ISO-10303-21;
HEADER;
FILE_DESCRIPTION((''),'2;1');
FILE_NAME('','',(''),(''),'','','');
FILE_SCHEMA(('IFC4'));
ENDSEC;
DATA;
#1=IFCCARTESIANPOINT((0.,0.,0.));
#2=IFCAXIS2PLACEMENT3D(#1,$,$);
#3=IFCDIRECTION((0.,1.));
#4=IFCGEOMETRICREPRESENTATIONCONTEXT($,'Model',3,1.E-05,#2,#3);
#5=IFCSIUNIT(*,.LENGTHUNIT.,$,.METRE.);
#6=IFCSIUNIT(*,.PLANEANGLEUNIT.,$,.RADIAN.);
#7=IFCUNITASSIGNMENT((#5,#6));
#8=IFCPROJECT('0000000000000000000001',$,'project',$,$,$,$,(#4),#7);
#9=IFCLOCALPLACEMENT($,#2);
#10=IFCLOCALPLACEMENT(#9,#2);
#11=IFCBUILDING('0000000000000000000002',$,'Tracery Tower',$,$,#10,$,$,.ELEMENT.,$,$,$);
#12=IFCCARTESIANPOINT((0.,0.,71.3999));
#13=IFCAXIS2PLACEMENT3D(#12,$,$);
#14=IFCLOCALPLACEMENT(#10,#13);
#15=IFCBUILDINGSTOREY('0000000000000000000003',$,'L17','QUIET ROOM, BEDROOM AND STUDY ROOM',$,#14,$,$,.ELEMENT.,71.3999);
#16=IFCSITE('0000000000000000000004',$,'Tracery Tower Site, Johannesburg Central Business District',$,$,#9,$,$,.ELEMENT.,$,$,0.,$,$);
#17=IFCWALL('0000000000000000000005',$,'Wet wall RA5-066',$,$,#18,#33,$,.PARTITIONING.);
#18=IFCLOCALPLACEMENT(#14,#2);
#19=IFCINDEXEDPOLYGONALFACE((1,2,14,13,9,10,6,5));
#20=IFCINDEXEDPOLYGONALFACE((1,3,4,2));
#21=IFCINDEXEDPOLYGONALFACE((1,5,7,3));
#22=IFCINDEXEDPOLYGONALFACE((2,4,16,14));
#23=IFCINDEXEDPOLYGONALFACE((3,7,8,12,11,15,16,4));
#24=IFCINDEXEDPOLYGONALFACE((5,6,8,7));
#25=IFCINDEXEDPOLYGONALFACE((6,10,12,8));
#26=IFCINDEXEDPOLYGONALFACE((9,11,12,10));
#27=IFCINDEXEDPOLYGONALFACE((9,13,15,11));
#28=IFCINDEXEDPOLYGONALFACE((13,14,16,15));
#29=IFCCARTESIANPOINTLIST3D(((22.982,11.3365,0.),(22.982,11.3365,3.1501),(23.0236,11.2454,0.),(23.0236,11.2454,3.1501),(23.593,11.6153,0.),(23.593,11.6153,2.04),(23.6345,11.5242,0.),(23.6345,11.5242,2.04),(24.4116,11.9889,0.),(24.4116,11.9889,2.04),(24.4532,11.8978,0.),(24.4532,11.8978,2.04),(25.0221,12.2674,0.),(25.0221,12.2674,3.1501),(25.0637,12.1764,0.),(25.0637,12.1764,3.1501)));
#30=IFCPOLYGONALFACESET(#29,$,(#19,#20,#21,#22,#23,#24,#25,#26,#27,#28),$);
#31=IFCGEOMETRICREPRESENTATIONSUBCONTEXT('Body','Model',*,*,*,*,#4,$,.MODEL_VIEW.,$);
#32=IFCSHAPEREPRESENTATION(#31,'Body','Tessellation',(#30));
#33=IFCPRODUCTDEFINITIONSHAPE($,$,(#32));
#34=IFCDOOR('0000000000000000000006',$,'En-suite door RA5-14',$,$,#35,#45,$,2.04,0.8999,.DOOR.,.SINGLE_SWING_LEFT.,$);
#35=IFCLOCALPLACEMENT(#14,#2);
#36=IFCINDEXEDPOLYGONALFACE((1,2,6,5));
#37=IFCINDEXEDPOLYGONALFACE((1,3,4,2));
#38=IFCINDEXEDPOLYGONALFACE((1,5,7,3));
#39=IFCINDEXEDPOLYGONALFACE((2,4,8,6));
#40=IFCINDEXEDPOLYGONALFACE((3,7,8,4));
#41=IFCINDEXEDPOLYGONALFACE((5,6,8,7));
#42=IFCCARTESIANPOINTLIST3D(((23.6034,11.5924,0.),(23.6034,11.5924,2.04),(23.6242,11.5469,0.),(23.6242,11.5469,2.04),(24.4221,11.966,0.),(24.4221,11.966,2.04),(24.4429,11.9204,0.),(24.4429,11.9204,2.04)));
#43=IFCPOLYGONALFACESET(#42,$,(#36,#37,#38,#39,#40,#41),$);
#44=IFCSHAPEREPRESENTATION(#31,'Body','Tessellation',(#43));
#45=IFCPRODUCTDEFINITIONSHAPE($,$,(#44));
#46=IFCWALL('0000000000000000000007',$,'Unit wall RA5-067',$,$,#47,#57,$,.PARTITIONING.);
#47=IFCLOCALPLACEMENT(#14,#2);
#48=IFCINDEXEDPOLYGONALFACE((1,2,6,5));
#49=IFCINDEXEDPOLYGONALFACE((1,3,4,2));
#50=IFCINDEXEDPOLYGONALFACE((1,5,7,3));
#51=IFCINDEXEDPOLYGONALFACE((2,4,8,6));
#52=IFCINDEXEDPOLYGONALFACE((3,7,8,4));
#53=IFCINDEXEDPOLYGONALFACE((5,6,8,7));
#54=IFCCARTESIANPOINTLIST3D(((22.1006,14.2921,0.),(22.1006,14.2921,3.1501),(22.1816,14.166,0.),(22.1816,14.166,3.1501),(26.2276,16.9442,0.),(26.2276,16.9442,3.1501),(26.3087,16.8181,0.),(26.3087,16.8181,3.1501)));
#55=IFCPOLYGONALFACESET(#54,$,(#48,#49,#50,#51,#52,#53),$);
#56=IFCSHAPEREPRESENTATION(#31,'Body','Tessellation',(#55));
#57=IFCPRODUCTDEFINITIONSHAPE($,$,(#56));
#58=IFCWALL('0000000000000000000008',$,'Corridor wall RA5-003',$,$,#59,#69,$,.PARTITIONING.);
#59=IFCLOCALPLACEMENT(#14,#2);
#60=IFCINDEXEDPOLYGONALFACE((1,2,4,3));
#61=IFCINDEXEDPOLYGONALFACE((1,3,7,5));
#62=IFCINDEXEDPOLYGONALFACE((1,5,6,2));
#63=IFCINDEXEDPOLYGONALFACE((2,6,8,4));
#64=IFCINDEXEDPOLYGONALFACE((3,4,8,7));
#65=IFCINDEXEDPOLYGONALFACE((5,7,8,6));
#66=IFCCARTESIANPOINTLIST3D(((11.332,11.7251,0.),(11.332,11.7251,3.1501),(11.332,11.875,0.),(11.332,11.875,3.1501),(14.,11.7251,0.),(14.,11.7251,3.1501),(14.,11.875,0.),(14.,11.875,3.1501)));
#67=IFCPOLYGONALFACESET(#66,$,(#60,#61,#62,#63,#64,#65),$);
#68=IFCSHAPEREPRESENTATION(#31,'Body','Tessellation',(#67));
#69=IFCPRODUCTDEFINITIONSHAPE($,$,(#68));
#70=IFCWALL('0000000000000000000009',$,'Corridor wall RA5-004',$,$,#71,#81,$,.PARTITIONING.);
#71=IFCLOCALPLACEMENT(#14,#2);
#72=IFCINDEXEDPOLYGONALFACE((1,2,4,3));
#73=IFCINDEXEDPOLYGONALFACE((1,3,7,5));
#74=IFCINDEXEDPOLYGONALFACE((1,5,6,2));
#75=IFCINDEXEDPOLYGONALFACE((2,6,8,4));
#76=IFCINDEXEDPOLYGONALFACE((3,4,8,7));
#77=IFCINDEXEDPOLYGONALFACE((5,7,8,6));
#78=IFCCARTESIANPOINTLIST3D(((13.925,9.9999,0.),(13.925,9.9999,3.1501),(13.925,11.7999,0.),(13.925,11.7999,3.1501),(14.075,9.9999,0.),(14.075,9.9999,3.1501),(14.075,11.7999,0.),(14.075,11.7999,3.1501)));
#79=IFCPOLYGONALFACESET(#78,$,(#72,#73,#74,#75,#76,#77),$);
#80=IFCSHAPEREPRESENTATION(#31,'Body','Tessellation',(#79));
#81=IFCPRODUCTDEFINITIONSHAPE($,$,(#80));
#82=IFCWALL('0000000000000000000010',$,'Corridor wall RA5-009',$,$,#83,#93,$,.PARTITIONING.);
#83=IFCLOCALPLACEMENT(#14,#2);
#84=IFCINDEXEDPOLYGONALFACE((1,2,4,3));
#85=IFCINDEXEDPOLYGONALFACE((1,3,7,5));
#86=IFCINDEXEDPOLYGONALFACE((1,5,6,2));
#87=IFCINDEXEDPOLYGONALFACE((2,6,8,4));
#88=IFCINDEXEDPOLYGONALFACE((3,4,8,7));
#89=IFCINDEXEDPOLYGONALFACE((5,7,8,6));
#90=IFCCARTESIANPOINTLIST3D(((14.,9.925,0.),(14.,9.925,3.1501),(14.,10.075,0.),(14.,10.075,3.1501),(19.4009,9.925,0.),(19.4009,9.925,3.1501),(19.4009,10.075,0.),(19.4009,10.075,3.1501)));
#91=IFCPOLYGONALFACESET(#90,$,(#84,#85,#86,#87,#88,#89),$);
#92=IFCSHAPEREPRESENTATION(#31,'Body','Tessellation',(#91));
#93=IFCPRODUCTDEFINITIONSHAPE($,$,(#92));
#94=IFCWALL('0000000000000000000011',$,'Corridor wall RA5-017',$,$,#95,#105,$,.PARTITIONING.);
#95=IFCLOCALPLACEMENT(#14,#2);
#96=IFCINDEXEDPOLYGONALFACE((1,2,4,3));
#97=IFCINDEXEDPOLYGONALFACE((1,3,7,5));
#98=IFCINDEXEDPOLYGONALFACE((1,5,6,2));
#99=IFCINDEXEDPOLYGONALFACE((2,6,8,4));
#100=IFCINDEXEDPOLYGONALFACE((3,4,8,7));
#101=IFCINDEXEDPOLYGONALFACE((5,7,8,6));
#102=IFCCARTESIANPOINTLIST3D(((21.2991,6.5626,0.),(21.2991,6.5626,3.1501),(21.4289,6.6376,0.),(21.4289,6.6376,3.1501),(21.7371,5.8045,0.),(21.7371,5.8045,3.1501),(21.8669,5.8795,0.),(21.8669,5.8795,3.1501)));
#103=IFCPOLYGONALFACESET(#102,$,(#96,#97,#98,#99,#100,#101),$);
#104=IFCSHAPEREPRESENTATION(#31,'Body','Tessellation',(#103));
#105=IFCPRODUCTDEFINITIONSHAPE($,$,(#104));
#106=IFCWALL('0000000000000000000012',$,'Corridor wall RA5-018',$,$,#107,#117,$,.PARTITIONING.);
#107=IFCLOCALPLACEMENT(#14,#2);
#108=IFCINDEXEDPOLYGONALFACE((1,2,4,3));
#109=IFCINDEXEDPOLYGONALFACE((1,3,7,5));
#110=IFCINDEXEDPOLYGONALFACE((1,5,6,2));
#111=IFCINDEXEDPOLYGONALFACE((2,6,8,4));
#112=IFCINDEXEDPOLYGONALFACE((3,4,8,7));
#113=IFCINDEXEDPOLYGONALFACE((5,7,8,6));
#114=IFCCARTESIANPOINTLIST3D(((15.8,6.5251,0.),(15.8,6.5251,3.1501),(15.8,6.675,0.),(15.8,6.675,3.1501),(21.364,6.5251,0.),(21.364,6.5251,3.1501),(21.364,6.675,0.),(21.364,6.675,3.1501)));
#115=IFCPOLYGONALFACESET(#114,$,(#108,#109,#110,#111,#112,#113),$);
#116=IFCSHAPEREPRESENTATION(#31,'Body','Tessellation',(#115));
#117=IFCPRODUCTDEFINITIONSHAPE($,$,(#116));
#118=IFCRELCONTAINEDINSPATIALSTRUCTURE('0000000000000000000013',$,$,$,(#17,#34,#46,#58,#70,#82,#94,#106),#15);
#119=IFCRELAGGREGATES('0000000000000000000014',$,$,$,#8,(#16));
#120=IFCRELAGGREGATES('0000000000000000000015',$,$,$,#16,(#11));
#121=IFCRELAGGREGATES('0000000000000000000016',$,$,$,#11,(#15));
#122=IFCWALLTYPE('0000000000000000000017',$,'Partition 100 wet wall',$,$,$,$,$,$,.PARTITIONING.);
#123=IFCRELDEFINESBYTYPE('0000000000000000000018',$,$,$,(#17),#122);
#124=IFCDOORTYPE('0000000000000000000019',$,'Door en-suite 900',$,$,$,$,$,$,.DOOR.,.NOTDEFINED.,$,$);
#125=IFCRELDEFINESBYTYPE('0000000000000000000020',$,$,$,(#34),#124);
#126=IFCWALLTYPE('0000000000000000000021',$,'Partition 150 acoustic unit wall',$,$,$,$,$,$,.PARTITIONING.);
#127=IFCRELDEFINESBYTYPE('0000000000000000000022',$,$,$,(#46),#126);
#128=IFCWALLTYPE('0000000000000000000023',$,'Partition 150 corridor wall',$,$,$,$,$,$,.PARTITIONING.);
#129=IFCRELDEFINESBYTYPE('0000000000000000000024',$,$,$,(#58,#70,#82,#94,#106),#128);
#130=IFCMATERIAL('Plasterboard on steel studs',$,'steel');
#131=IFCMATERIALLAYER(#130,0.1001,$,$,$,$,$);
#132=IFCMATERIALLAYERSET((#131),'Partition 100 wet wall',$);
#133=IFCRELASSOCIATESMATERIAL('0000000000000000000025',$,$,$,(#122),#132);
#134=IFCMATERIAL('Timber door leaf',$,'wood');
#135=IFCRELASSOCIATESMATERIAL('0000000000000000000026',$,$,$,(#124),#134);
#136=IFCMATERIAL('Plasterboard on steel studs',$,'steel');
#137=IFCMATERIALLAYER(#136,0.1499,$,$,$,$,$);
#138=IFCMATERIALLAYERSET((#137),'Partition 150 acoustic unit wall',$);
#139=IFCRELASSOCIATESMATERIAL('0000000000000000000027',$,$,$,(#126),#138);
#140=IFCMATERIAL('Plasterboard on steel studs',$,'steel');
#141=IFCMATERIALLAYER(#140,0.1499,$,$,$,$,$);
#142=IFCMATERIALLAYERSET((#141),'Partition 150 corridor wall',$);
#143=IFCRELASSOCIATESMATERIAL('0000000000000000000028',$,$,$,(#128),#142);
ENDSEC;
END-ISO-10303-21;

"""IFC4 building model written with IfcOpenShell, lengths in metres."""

from ifc_helpers import new_model, si_unit, direction, frame, frame_2d, origin, place, context, subcontext, project, spatial, rectangle, extrude, material, layer, layer_set, type_object, element, fill, save


model = new_model("IFC4")

# Units and contexts
model_context = context("Model", 3, precision=1e-05, world=origin(), true_north=direction((0.0, 1.0)))
body_context = subcontext(model_context, "Body", "Model", "MODEL_VIEW")
ifc_project = project(units=[si_unit("LENGTHUNIT", "METRE"), si_unit("PLANEANGLEUNIT", "RADIAN")], contexts=[model_context])

# Site, building, storey
site_placement = place(None, origin())
site = spatial("IfcSite", under=ifc_project, at=site_placement, Name="Tracery Tower Site, Johannesburg Central Business District", CompositionType="ELEMENT", RefElevation=0.0)
building_placement = place(site_placement, origin())
building = spatial("IfcBuilding", under=site, at=building_placement, Name="Tracery Tower", CompositionType="ELEMENT")
storey_placement = place(building_placement, frame((0.0, 0.0, 71.3999)))
storey = spatial("IfcBuildingStorey", under=building, at=storey_placement, Name="L17", Description="QUIET ROOM, BEDROOM AND STUDY ROOM", CompositionType="ELEMENT", Elevation=71.3999)

# Wall, opening, door
ifc_material_1 = material(Name="Plasterboard on steel studs", Category="steel")
ifc_layer_1 = layer(ifc_material_1, 0.1001)
ifc_layer_set_1 = layer_set([ifc_layer_1], Name="Partition 100 wet wall")
wall_type_1 = type_object("IfcWallType", Name="Partition 100 wet wall", PredefinedType="PARTITIONING", material=ifc_layer_set_1)
wall_1_placement = place(storey_placement, frame((23.0029, 11.291, 0.0), z_axis=(0.0, 0.0, 1.0), x_axis=(0.909758, 0.41514, 0.0)))
wall_1 = element("IfcWall", 1, at=wall_1_placement, inside=storey, type_object=wall_type_1, Name="Wet wall RA5-066", PredefinedType="PARTITIONING", context=body_context, shape_type="SweptSolid", body=[
    extrude(rectangle(XDim=2.2424, YDim=0.1001, at=frame_2d((1.1211, 0.0))), origin(), (0.0, 0.0, 1.0), 3.1501),
])
opening_1_placement = place(wall_1_placement, frame((0.6714, 0.0, 0.0)))
opening_1 = element("IfcOpeningElement", 2, at=opening_1_placement, cuts=wall_1, PredefinedType="OPENING", context=body_context, shape_type="SweptSolid", body=[
    extrude(rectangle(XDim=0.8999, YDim=2.04, at=frame_2d((0.45, 1.02))), frame((0.0, 0.05, 0.0), z_axis=(0.0, -1.0, 0.0), x_axis=(1.0, 0.0, 0.0)), (0.0, 0.0, 1.0), 0.1001),
])
ifc_material_2 = material(Name="Timber door leaf", Category="wood")
door_type_1 = type_object("IfcDoorType", Name="Door en-suite 900", OperationType="NOTDEFINED", PredefinedType="DOOR", material=ifc_material_2)
door_1_placement = place(opening_1_placement, origin())
door_1 = element("IfcDoor", 3, at=door_1_placement, inside=storey, type_object=door_type_1, Name="En-suite door RA5-14", OperationType="SINGLE_SWING_LEFT", OverallHeight=2.04, OverallWidth=0.8999, PredefinedType="DOOR", context=body_context, shape_type="SweptSolid", body=[
    extrude(rectangle(XDim=0.8999, YDim=2.04, at=frame_2d((0.45, 1.02))), frame((0.0, 0.0249, 0.0), z_axis=(0.0, -1.0, 0.0), x_axis=(1.0, 0.0, 0.0)), (0.0, 0.0, 1.0), 0.05),
])
fill(opening_1, door_1)

# Walls
ifc_material_3 = material(Name="Plasterboard on steel studs", Category="steel")
ifc_layer_2 = layer(ifc_material_3, 0.1499)
ifc_layer_set_2 = layer_set([ifc_layer_2], Name="Partition 150 acoustic unit wall")
wall_type_2 = type_object("IfcWallType", Name="Partition 150 acoustic unit wall", PredefinedType="PARTITIONING", material=ifc_layer_set_2)
wall_2_placement = place(storey_placement, frame((22.1411, 14.229, 0.0), z_axis=(0.0, 0.0, 1.0), x_axis=(0.841266, 0.540622, 0.0)))
element("IfcWall", 4, at=wall_2_placement, inside=storey, type_object=wall_type_2, Name="Unit wall RA5-067", PredefinedType="PARTITIONING", context=body_context, shape_type="SweptSolid", body=[
    extrude(rectangle(XDim=4.9058, YDim=0.1499, at=frame_2d((2.4529, 0.0))), origin(), (0.0, 0.0, 1.0), 3.1501),
])
ifc_material_4 = material(Name="Plasterboard on steel studs", Category="steel")
ifc_layer_3 = layer(ifc_material_4, 0.1499)
ifc_layer_set_3 = layer_set([ifc_layer_3], Name="Partition 150 corridor wall")
wall_type_3 = type_object("IfcWallType", Name="Partition 150 corridor wall", PredefinedType="PARTITIONING", material=ifc_layer_set_3)
wall_3_placement = place(storey_placement, frame((11.332, 11.8, 0.0), z_axis=(0.0, 0.0, 1.0), x_axis=(1.0, 0.0, 0.0)))
element("IfcWall", 5, at=wall_3_placement, inside=storey, type_object=wall_type_3, Name="Corridor wall RA5-003", PredefinedType="PARTITIONING", context=body_context, shape_type="SweptSolid", body=[
    extrude(rectangle(XDim=2.668, YDim=0.1499, at=frame_2d((1.334, 0.0))), origin(), (0.0, 0.0, 1.0), 3.1501),
])
wall_4_placement = place(storey_placement, frame((14.0, 10.0, 0.0), z_axis=(0.0, 0.0, 1.0), x_axis=(0.0, 1.0, 0.0)))
element("IfcWall", 6, at=wall_4_placement, inside=storey, type_object=wall_type_3, Name="Corridor wall RA5-004", PredefinedType="PARTITIONING", context=body_context, shape_type="SweptSolid", body=[
    extrude(rectangle(XDim=1.8, YDim=0.1499, at=frame_2d((0.8999, 0.0))), origin(), (0.0, 0.0, 1.0), 3.1501),
])
wall_5_placement = place(storey_placement, frame((14.0, 10.0, 0.0), z_axis=(0.0, 0.0, 1.0), x_axis=(1.0, 0.0, 0.0)))
element("IfcWall", 7, at=wall_5_placement, inside=storey, type_object=wall_type_3, Name="Corridor wall RA5-009", PredefinedType="PARTITIONING", context=body_context, shape_type="SweptSolid", body=[
    extrude(rectangle(XDim=5.4009, YDim=0.1499, at=frame_2d((2.7004, 0.0))), origin(), (0.0, 0.0, 1.0), 3.1501),
])
wall_6_placement = place(storey_placement, frame((21.364, 6.6001, 0.0), z_axis=(0.0, 0.0, 1.0), x_axis=(0.500278, -0.865865, 0.0)))
element("IfcWall", 8, at=wall_6_placement, inside=storey, type_object=wall_type_3, Name="Corridor wall RA5-017", PredefinedType="PARTITIONING", context=body_context, shape_type="SweptSolid", body=[
    extrude(rectangle(XDim=0.8755, YDim=0.1499, at=frame_2d((0.4377, 0.0))), origin(), (0.0, 0.0, 1.0), 3.1501),
])
wall_7_placement = place(storey_placement, frame((15.8, 6.6001, 0.0), z_axis=(0.0, 0.0, 1.0), x_axis=(1.0, 0.0, 0.0)))
element("IfcWall", 9, at=wall_7_placement, inside=storey, type_object=wall_type_3, Name="Corridor wall RA5-018", PredefinedType="PARTITIONING", context=body_context, shape_type="SweptSolid", body=[
    extrude(rectangle(XDim=5.564, YDim=0.1499, at=frame_2d((2.782, 0.0))), origin(), (0.0, 0.0, 1.0), 3.1501),
])

save(model, "model.ifc")
